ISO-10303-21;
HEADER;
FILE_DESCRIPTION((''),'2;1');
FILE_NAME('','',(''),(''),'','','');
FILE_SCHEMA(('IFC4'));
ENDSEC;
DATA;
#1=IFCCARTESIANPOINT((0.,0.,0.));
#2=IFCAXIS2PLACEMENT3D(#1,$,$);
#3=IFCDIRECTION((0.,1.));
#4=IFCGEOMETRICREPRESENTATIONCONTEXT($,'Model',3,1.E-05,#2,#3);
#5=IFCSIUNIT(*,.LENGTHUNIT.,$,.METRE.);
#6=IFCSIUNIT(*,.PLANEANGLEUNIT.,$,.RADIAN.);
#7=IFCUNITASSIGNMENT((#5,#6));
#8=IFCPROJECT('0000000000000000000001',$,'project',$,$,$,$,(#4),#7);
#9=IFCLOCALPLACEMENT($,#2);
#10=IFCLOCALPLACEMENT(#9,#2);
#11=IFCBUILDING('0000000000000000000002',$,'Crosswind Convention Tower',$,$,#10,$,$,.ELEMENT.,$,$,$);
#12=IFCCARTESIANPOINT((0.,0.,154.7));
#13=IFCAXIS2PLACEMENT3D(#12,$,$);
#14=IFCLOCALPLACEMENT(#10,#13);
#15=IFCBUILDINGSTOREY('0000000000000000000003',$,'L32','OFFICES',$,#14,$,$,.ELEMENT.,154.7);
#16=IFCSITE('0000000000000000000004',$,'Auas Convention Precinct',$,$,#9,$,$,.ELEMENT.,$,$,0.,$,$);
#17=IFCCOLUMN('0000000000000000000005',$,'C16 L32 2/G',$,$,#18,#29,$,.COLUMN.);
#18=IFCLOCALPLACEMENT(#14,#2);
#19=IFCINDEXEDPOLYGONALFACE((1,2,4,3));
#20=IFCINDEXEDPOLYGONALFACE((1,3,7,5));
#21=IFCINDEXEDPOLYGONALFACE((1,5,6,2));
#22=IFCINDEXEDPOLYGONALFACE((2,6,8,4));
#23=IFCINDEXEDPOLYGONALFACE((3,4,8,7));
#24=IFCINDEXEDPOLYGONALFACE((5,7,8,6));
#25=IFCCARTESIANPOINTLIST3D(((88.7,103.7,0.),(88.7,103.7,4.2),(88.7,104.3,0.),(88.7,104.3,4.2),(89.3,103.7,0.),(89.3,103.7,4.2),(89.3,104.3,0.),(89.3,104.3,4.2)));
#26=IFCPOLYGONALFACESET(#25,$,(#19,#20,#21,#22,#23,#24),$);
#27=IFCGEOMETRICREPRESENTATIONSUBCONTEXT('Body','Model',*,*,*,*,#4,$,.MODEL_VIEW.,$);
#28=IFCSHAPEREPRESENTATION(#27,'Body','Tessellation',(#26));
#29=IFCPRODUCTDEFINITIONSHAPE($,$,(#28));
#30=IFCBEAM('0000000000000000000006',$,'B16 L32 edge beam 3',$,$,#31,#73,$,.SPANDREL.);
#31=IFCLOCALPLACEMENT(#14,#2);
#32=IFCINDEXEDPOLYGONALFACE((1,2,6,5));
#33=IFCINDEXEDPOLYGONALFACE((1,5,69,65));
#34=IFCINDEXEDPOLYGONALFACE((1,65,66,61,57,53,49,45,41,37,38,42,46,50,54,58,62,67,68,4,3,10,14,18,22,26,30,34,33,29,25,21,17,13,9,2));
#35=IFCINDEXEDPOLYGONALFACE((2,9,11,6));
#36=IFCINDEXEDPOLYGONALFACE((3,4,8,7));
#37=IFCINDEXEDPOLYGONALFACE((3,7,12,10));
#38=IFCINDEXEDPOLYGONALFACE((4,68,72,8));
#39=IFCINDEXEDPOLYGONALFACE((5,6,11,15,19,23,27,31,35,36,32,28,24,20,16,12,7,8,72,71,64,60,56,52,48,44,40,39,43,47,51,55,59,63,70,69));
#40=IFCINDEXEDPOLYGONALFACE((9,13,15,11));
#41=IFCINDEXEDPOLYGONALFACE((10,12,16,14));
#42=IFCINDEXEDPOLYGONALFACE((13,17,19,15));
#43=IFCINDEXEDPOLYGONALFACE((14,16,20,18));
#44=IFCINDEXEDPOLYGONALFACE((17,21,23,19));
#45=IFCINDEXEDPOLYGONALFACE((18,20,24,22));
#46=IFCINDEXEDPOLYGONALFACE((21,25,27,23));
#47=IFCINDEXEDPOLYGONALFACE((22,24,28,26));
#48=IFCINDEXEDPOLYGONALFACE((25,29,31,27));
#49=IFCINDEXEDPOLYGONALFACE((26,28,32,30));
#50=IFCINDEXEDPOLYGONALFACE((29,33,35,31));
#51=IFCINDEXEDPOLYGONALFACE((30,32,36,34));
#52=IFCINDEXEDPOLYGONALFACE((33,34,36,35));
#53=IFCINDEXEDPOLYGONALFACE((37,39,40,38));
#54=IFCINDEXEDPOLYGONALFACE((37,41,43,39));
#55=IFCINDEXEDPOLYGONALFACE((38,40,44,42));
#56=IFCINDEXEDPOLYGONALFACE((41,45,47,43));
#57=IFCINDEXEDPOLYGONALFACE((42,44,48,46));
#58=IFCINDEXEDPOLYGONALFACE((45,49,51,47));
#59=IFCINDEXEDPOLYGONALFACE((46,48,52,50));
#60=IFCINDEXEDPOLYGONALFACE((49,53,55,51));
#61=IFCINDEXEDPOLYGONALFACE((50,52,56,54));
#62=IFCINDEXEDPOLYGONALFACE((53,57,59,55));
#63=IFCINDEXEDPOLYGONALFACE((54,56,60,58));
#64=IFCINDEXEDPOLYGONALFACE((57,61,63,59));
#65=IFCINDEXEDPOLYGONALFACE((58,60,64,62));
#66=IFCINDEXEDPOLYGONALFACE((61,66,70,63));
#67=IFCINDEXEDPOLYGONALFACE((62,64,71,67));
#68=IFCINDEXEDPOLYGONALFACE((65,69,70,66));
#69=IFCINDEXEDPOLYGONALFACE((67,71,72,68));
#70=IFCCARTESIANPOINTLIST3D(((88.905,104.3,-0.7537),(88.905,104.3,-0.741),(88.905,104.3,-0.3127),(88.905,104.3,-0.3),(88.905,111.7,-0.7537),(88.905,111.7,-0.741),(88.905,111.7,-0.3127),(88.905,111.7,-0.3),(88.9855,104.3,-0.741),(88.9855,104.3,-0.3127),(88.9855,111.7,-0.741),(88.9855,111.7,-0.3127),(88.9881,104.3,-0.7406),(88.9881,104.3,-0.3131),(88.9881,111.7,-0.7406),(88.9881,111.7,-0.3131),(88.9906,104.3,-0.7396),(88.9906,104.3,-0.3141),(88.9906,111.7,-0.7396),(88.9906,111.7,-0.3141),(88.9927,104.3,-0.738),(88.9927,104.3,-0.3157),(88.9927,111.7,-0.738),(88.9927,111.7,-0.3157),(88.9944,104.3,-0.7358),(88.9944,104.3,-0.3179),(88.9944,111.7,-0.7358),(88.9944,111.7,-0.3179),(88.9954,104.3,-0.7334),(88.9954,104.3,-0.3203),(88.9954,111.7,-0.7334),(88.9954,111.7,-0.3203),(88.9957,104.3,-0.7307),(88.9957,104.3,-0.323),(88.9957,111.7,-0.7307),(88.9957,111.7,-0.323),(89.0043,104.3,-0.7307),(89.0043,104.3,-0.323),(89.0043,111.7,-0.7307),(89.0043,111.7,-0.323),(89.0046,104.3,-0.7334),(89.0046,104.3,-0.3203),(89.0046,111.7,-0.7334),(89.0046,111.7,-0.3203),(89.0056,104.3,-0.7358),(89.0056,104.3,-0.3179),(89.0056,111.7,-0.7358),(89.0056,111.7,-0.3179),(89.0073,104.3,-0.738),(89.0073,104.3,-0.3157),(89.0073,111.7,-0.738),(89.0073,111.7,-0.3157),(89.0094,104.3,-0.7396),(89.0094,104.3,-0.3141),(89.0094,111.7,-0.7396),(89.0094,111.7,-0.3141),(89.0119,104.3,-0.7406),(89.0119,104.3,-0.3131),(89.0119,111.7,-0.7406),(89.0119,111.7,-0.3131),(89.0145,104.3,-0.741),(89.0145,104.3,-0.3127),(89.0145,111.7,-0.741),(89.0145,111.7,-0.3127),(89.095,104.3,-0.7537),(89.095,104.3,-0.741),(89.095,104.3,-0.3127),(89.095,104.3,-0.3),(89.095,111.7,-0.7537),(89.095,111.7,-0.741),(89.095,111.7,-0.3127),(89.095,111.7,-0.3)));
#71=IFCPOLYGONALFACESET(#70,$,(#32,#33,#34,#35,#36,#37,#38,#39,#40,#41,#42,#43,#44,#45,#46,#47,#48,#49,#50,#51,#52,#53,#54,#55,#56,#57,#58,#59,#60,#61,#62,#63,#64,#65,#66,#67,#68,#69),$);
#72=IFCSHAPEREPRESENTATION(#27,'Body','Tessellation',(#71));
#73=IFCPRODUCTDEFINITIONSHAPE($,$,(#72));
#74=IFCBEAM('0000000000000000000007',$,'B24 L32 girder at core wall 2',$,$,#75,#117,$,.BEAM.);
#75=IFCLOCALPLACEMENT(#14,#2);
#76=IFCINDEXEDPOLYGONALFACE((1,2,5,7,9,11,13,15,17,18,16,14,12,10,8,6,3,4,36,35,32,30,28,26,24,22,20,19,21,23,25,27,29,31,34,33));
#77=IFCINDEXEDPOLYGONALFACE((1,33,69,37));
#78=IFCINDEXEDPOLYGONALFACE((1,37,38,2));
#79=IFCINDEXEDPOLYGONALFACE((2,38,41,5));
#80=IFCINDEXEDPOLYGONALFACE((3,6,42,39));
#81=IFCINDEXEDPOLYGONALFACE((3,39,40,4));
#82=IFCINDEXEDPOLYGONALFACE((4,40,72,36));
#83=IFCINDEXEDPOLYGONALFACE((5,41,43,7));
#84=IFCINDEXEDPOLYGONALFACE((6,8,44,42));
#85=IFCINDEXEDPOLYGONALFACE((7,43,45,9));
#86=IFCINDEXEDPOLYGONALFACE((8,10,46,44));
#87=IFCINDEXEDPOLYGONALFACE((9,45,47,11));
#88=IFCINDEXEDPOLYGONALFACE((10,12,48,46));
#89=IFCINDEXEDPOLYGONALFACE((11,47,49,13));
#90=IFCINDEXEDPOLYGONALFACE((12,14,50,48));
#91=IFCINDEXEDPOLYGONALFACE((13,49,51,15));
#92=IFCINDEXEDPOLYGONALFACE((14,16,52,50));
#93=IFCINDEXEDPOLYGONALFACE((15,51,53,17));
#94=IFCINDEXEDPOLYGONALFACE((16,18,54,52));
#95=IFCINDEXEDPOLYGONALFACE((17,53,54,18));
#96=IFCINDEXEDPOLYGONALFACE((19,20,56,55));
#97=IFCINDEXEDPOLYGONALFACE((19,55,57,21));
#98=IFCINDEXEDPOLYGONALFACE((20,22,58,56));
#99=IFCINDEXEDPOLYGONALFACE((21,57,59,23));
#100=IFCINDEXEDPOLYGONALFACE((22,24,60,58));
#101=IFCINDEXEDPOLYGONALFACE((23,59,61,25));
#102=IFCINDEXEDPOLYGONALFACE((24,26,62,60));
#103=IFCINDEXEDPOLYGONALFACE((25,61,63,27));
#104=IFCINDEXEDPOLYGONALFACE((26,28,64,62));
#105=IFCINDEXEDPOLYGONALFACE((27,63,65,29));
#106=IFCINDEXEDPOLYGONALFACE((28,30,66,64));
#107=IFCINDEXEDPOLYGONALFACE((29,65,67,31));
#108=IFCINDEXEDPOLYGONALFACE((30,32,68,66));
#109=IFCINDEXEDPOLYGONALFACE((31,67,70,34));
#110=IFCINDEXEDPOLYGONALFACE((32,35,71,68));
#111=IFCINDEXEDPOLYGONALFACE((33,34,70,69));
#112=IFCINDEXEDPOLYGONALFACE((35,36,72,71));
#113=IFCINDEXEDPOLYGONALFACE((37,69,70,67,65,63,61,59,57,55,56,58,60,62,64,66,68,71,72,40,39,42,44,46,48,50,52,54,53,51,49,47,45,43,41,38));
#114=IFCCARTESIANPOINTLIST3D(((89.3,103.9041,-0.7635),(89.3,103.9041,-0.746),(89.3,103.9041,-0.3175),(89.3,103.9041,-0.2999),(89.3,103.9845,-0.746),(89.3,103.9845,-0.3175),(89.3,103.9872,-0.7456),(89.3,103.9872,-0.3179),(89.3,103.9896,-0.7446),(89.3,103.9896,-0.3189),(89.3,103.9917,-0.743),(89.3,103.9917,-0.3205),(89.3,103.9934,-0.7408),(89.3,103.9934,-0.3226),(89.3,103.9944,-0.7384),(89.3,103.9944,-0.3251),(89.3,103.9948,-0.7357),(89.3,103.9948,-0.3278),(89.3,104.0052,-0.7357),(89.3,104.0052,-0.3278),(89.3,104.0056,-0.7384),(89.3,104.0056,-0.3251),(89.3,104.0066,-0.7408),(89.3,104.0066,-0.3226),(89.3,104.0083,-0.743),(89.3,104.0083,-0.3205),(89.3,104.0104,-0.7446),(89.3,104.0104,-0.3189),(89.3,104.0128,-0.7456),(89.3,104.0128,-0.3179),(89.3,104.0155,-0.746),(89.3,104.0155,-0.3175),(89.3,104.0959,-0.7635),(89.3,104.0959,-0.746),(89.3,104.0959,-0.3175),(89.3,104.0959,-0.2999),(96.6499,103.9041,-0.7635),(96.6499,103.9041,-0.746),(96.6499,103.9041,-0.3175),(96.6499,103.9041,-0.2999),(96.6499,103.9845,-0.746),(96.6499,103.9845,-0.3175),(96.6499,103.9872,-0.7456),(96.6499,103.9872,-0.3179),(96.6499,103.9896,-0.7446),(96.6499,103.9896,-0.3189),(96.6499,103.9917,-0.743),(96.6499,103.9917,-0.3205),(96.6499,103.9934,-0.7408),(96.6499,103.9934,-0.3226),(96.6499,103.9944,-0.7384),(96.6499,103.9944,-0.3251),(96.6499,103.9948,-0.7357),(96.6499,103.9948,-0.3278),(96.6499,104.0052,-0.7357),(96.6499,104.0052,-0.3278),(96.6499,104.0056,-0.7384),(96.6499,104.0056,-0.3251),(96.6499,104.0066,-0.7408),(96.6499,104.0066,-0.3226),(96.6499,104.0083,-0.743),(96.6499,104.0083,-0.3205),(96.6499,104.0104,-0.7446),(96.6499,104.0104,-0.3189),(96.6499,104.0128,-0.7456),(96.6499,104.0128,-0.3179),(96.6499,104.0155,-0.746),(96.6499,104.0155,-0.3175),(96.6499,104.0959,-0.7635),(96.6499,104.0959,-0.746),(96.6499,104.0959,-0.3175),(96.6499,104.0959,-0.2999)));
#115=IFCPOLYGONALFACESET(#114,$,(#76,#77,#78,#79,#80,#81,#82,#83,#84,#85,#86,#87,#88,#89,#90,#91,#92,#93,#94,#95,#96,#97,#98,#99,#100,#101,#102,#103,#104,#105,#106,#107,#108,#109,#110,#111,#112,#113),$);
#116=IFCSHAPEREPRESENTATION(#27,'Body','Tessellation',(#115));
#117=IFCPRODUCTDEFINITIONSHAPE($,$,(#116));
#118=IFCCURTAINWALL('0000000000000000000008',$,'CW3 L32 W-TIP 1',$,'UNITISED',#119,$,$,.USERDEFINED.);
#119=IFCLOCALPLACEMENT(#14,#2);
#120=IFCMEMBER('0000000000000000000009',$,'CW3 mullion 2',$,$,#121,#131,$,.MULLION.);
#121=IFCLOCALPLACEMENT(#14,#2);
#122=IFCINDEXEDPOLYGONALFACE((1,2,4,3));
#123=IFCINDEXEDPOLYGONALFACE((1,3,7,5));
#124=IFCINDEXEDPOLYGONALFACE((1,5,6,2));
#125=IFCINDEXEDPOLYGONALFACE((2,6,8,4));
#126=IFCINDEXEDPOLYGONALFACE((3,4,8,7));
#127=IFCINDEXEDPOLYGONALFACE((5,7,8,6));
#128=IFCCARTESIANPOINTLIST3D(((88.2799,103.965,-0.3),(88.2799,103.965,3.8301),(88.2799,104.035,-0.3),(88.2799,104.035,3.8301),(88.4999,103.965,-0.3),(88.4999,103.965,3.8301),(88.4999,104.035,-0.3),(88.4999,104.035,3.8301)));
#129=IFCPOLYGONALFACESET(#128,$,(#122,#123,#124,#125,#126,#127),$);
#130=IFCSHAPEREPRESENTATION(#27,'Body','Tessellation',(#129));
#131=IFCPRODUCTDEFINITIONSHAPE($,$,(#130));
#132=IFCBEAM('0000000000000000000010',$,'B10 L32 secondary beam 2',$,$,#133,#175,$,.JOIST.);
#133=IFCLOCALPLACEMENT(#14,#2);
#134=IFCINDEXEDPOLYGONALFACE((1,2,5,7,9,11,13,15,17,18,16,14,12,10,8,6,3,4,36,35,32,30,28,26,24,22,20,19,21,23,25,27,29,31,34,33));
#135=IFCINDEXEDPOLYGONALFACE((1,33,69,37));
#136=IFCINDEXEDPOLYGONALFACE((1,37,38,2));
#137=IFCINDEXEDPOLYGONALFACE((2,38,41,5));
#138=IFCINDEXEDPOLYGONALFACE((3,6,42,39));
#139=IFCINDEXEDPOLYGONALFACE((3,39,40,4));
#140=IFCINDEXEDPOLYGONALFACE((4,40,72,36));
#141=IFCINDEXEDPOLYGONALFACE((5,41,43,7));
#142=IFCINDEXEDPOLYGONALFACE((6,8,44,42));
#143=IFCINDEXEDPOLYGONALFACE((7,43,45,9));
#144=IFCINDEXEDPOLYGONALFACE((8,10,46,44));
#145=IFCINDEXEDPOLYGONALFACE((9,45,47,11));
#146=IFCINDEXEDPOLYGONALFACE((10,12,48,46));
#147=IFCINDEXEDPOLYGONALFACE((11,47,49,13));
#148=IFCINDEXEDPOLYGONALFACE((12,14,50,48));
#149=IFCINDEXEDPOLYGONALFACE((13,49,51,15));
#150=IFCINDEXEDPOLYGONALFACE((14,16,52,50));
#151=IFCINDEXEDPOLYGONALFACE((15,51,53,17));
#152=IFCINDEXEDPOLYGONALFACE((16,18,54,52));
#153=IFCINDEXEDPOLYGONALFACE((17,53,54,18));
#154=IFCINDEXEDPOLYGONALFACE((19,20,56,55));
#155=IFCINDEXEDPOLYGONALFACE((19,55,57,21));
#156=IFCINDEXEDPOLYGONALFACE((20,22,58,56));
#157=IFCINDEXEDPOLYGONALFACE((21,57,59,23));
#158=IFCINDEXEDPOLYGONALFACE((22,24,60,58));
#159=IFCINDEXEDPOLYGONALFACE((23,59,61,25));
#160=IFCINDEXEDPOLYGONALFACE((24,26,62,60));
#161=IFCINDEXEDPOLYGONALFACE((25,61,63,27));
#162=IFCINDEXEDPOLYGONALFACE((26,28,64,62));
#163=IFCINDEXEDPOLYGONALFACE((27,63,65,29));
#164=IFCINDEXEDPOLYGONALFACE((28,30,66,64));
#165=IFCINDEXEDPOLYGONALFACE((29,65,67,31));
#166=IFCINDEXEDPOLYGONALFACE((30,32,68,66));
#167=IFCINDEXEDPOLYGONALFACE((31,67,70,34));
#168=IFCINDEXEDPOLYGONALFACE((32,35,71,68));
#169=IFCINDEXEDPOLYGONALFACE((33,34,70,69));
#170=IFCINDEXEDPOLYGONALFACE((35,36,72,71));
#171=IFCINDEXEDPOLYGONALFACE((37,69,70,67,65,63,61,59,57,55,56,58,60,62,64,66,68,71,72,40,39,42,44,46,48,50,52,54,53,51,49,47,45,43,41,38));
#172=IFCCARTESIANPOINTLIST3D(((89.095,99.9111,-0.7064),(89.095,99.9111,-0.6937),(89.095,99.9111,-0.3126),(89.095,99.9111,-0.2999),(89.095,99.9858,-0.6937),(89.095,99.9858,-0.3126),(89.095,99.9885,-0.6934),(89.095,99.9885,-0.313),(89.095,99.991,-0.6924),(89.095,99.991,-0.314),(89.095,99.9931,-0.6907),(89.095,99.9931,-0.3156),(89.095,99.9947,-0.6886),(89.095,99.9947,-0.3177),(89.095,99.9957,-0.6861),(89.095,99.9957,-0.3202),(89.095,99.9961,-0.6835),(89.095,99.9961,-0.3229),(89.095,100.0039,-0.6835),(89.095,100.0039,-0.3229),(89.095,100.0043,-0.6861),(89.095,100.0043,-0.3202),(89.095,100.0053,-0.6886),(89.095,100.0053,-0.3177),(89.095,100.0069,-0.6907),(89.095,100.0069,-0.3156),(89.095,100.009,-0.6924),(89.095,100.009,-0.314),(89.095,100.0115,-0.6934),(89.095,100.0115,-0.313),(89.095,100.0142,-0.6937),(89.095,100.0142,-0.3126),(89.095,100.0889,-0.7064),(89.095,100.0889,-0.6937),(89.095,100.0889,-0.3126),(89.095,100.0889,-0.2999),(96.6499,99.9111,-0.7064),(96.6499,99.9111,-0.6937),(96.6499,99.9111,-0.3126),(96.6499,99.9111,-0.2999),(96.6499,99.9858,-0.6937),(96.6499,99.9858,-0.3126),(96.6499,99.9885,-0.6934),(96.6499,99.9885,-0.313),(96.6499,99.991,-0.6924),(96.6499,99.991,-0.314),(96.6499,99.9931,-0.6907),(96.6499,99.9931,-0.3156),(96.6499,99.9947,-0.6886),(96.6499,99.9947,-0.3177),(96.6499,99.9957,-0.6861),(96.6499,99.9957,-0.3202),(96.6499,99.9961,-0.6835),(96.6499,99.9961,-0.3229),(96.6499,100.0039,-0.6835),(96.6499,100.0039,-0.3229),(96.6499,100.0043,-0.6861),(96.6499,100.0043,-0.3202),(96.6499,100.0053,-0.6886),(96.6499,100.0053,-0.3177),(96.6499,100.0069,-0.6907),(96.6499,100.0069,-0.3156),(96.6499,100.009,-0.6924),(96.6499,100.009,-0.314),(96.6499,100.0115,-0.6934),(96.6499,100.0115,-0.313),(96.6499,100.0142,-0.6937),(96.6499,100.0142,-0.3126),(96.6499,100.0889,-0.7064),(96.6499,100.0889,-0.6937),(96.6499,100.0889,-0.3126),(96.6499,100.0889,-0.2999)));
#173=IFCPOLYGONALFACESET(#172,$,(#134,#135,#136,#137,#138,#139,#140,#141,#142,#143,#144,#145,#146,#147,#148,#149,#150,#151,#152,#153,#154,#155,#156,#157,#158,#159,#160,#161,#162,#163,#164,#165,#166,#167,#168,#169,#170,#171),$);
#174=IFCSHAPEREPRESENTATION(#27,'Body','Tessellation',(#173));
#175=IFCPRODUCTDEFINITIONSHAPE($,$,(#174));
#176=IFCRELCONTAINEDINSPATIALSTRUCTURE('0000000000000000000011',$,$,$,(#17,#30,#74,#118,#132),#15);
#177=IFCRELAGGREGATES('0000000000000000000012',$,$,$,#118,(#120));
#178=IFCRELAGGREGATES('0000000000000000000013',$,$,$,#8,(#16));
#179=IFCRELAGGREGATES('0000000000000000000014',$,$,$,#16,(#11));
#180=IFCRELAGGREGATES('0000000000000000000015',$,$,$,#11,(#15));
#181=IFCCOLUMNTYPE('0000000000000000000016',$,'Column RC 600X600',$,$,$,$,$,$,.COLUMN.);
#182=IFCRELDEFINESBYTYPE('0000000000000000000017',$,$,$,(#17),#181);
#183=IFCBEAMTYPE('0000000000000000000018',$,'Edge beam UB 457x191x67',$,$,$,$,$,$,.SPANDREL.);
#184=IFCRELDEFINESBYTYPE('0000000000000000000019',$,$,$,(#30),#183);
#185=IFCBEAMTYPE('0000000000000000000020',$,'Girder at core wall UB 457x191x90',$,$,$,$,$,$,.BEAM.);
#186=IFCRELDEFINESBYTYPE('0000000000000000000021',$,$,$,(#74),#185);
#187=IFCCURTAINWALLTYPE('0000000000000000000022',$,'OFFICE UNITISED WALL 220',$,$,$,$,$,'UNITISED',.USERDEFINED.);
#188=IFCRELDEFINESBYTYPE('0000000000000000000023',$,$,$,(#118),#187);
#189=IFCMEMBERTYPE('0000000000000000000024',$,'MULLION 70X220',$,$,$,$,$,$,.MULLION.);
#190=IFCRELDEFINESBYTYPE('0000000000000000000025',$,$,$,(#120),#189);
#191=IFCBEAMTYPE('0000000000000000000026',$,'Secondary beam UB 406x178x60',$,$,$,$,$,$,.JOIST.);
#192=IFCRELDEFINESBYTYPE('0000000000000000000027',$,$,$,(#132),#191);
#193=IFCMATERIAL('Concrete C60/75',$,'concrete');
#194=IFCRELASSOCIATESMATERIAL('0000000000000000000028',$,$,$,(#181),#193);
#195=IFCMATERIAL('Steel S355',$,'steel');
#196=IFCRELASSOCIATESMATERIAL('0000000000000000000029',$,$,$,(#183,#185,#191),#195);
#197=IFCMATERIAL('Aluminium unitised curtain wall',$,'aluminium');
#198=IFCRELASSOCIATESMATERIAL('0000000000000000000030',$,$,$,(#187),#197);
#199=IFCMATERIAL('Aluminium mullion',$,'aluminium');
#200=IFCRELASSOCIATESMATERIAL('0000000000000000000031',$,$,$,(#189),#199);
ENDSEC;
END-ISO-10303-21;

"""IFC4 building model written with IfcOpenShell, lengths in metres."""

from ifc_helpers import new_model, si_unit, direction, frame, origin, origin_2d, place, context, subcontext, project, spatial, rectangle, i_section, extrude, material, material_profile, profile_set, type_object, element, aggregate, save


model = new_model("IFC4")

# Units and contexts
model_context = context("Model", 3, precision=1e-05, world=origin(), true_north=direction((0.0, 1.0)))
body_context = subcontext(model_context, "Body", "Model", "MODEL_VIEW")
ifc_project = project(units=[si_unit("LENGTHUNIT", "METRE"), si_unit("PLANEANGLEUNIT", "RADIAN")], contexts=[model_context])

# Site, building, storey
site_placement = place(None, origin())
site = spatial("IfcSite", under=ifc_project, at=site_placement, Name="Auas Convention Precinct", CompositionType="ELEMENT", RefElevation=0.0)
building_placement = place(site_placement, origin())
building = spatial("IfcBuilding", under=site, at=building_placement, Name="Crosswind Convention Tower", CompositionType="ELEMENT")
storey_placement = place(building_placement, frame((0.0, 0.0, 154.7)))
storey = spatial("IfcBuildingStorey", under=building, at=storey_placement, Name="L32", Description="OFFICES", CompositionType="ELEMENT", Elevation=154.7)

# Column
ifc_material_1 = material(Name="Concrete C60/75", Category="concrete")
ifc_material_profile_1 = material_profile(ifc_material_1, rectangle(XDim=0.6001, YDim=0.6001, at=origin_2d()), Name="RC 600X600")
ifc_profile_set_1 = profile_set([ifc_material_profile_1], Name="Concrete C60/75")
column_type = type_object("IfcColumnType", Name="Column RC 600X600", PredefinedType="COLUMN", material=ifc_profile_set_1)
column_placement = place(storey_placement, frame((89.0, 104.0, 0.0), z_axis=(0.0, 0.0, 1.0), x_axis=(1.0, 0.0, 0.0)))
element("IfcColumn", 1, at=column_placement, inside=storey, type_object=column_type, Name="C16 L32 2/G", PredefinedType="COLUMN", context=body_context, shape_type="SweptSolid", body=[
    extrude(rectangle(XDim=0.6001, YDim=0.6001, at=origin_2d()), origin(), (0.0, 0.0, 1.0), 4.2),
])

# Beams
ifc_material_2 = material(Name="Steel S355", Category="steel")
ifc_material_profile_2 = material_profile(ifc_material_2, i_section(OverallWidth=0.1899, OverallDepth=0.4536, WebThickness=0.0085, FlangeThickness=0.0127, FilletRadius=0.0103, at=origin_2d()), Name="UB 457x191x67")
ifc_profile_set_2 = profile_set([ifc_material_profile_2], Name="Steel S355")
beam_type_1 = type_object("IfcBeamType", Name="Edge beam UB 457x191x67", PredefinedType="SPANDREL", material=ifc_profile_set_2)
beam_1_placement = place(storey_placement, frame((89.0, 104.3, -0.5269), z_axis=(0.0, 1.0, 0.0), x_axis=(-1.0, 0.0, 0.0)))
element("IfcBeam", 2, at=beam_1_placement, inside=storey, type_object=beam_type_1, Name="B16 L32 edge beam 3", PredefinedType="SPANDREL", context=body_context, shape_type="SweptSolid", body=[
    extrude(i_section(OverallWidth=0.1899, OverallDepth=0.4536, WebThickness=0.0085, FlangeThickness=0.0127, FilletRadius=0.0103, at=origin_2d()), origin(), (0.0, 0.0, 1.0), 7.3999),
])
ifc_material_profile_3 = material_profile(ifc_material_2, i_section(OverallWidth=0.1919, OverallDepth=0.4636, WebThickness=0.0105, FlangeThickness=0.0176, FilletRadius=0.0103, at=origin_2d()), Name="UB 457x191x90")
ifc_profile_set_3 = profile_set([ifc_material_profile_3], Name="Steel S355")
beam_type_2 = type_object("IfcBeamType", Name="Girder at core wall UB 457x191x90", PredefinedType="BEAM", material=ifc_profile_set_3)
beam_2_placement = place(storey_placement, frame((89.3, 104.0, -0.5317), z_axis=(1.0, 0.0, 0.0), x_axis=(0.0, 1.0, 0.0)))
element("IfcBeam", 3, at=beam_2_placement, inside=storey, type_object=beam_type_2, Name="B24 L32 girder at core wall 2", PredefinedType="BEAM", context=body_context, shape_type="SweptSolid", body=[
    extrude(i_section(OverallWidth=0.1919, OverallDepth=0.4636, WebThickness=0.0105, FlangeThickness=0.0176, FilletRadius=0.0103, at=origin_2d()), origin(), (0.0, 0.0, 1.0), 7.3499),
])

# Curtain wall, member
ifc_material_3 = material(Name="Aluminium unitised curtain wall", Category="aluminium")
curtain_wall_type = type_object("IfcCurtainWallType", Name="OFFICE UNITISED WALL 220", ElementType="UNITISED", PredefinedType="USERDEFINED", material=ifc_material_3)
curtain_wall_placement = place(storey_placement, origin())
curtain_wall = element("IfcCurtainWall", 4, at=curtain_wall_placement, inside=storey, type_object=curtain_wall_type, Name="CW3 L32 W-TIP 1", ObjectType="UNITISED", PredefinedType="USERDEFINED")
ifc_material_4 = material(Name="Aluminium mullion", Category="aluminium")
ifc_material_profile_4 = material_profile(ifc_material_4, rectangle(XDim=0.22, YDim=0.0701, at=origin_2d()), Name="AL 220X70")
ifc_profile_set_4 = profile_set([ifc_material_profile_4], Name="Aluminium mullion")
member_type = type_object("IfcMemberType", Name="MULLION 70X220", PredefinedType="MULLION", material=ifc_profile_set_4)
member_placement = place(storey_placement, frame((88.3899, 104.0, -0.3), z_axis=(0.0, 0.0, 1.0), x_axis=(-1.0, 0.0, 0.0)))
member = element("IfcMember", 5, at=member_placement, type_object=member_type, Name="CW3 mullion 2", PredefinedType="MULLION", context=body_context, shape_type="SweptSolid", body=[
    extrude(rectangle(XDim=0.22, YDim=0.0701, at=origin_2d()), origin(), (0.0, 0.0, 1.0), 4.1301),
])

# Beam
ifc_material_profile_5 = material_profile(ifc_material_2, i_section(OverallWidth=0.1777, OverallDepth=0.4065, WebThickness=0.0078, FlangeThickness=0.0127, FilletRadius=0.0103, at=origin_2d()), Name="UB 406x178x60")
ifc_profile_set_5 = profile_set([ifc_material_profile_5], Name="Steel S355")
beam_type_3 = type_object("IfcBeamType", Name="Secondary beam UB 406x178x60", PredefinedType="JOIST", material=ifc_profile_set_5)
for number, where, z_axis, x_axis, name in (
    (6, (89.095, 100.0, -0.5032), (1.0, 0.0, 0.0), (0.0, 1.0, 0.0), "B10 L32 secondary beam 2"),
):
    element("IfcBeam", number, at=place(storey_placement, frame(where, z_axis=z_axis, x_axis=x_axis)), inside=storey, type_object=beam_type_3, Name=name, PredefinedType="JOIST", context=body_context, shape_type="SweptSolid", body=[
        extrude(i_section(OverallWidth=0.1777, OverallDepth=0.4065, WebThickness=0.0078, FlangeThickness=0.0127, FilletRadius=0.0103, at=origin_2d()), origin(), (0.0, 0.0, 1.0), 7.5549),
    ])

aggregate(curtain_wall, [member])

save(model, "model.ifc")
